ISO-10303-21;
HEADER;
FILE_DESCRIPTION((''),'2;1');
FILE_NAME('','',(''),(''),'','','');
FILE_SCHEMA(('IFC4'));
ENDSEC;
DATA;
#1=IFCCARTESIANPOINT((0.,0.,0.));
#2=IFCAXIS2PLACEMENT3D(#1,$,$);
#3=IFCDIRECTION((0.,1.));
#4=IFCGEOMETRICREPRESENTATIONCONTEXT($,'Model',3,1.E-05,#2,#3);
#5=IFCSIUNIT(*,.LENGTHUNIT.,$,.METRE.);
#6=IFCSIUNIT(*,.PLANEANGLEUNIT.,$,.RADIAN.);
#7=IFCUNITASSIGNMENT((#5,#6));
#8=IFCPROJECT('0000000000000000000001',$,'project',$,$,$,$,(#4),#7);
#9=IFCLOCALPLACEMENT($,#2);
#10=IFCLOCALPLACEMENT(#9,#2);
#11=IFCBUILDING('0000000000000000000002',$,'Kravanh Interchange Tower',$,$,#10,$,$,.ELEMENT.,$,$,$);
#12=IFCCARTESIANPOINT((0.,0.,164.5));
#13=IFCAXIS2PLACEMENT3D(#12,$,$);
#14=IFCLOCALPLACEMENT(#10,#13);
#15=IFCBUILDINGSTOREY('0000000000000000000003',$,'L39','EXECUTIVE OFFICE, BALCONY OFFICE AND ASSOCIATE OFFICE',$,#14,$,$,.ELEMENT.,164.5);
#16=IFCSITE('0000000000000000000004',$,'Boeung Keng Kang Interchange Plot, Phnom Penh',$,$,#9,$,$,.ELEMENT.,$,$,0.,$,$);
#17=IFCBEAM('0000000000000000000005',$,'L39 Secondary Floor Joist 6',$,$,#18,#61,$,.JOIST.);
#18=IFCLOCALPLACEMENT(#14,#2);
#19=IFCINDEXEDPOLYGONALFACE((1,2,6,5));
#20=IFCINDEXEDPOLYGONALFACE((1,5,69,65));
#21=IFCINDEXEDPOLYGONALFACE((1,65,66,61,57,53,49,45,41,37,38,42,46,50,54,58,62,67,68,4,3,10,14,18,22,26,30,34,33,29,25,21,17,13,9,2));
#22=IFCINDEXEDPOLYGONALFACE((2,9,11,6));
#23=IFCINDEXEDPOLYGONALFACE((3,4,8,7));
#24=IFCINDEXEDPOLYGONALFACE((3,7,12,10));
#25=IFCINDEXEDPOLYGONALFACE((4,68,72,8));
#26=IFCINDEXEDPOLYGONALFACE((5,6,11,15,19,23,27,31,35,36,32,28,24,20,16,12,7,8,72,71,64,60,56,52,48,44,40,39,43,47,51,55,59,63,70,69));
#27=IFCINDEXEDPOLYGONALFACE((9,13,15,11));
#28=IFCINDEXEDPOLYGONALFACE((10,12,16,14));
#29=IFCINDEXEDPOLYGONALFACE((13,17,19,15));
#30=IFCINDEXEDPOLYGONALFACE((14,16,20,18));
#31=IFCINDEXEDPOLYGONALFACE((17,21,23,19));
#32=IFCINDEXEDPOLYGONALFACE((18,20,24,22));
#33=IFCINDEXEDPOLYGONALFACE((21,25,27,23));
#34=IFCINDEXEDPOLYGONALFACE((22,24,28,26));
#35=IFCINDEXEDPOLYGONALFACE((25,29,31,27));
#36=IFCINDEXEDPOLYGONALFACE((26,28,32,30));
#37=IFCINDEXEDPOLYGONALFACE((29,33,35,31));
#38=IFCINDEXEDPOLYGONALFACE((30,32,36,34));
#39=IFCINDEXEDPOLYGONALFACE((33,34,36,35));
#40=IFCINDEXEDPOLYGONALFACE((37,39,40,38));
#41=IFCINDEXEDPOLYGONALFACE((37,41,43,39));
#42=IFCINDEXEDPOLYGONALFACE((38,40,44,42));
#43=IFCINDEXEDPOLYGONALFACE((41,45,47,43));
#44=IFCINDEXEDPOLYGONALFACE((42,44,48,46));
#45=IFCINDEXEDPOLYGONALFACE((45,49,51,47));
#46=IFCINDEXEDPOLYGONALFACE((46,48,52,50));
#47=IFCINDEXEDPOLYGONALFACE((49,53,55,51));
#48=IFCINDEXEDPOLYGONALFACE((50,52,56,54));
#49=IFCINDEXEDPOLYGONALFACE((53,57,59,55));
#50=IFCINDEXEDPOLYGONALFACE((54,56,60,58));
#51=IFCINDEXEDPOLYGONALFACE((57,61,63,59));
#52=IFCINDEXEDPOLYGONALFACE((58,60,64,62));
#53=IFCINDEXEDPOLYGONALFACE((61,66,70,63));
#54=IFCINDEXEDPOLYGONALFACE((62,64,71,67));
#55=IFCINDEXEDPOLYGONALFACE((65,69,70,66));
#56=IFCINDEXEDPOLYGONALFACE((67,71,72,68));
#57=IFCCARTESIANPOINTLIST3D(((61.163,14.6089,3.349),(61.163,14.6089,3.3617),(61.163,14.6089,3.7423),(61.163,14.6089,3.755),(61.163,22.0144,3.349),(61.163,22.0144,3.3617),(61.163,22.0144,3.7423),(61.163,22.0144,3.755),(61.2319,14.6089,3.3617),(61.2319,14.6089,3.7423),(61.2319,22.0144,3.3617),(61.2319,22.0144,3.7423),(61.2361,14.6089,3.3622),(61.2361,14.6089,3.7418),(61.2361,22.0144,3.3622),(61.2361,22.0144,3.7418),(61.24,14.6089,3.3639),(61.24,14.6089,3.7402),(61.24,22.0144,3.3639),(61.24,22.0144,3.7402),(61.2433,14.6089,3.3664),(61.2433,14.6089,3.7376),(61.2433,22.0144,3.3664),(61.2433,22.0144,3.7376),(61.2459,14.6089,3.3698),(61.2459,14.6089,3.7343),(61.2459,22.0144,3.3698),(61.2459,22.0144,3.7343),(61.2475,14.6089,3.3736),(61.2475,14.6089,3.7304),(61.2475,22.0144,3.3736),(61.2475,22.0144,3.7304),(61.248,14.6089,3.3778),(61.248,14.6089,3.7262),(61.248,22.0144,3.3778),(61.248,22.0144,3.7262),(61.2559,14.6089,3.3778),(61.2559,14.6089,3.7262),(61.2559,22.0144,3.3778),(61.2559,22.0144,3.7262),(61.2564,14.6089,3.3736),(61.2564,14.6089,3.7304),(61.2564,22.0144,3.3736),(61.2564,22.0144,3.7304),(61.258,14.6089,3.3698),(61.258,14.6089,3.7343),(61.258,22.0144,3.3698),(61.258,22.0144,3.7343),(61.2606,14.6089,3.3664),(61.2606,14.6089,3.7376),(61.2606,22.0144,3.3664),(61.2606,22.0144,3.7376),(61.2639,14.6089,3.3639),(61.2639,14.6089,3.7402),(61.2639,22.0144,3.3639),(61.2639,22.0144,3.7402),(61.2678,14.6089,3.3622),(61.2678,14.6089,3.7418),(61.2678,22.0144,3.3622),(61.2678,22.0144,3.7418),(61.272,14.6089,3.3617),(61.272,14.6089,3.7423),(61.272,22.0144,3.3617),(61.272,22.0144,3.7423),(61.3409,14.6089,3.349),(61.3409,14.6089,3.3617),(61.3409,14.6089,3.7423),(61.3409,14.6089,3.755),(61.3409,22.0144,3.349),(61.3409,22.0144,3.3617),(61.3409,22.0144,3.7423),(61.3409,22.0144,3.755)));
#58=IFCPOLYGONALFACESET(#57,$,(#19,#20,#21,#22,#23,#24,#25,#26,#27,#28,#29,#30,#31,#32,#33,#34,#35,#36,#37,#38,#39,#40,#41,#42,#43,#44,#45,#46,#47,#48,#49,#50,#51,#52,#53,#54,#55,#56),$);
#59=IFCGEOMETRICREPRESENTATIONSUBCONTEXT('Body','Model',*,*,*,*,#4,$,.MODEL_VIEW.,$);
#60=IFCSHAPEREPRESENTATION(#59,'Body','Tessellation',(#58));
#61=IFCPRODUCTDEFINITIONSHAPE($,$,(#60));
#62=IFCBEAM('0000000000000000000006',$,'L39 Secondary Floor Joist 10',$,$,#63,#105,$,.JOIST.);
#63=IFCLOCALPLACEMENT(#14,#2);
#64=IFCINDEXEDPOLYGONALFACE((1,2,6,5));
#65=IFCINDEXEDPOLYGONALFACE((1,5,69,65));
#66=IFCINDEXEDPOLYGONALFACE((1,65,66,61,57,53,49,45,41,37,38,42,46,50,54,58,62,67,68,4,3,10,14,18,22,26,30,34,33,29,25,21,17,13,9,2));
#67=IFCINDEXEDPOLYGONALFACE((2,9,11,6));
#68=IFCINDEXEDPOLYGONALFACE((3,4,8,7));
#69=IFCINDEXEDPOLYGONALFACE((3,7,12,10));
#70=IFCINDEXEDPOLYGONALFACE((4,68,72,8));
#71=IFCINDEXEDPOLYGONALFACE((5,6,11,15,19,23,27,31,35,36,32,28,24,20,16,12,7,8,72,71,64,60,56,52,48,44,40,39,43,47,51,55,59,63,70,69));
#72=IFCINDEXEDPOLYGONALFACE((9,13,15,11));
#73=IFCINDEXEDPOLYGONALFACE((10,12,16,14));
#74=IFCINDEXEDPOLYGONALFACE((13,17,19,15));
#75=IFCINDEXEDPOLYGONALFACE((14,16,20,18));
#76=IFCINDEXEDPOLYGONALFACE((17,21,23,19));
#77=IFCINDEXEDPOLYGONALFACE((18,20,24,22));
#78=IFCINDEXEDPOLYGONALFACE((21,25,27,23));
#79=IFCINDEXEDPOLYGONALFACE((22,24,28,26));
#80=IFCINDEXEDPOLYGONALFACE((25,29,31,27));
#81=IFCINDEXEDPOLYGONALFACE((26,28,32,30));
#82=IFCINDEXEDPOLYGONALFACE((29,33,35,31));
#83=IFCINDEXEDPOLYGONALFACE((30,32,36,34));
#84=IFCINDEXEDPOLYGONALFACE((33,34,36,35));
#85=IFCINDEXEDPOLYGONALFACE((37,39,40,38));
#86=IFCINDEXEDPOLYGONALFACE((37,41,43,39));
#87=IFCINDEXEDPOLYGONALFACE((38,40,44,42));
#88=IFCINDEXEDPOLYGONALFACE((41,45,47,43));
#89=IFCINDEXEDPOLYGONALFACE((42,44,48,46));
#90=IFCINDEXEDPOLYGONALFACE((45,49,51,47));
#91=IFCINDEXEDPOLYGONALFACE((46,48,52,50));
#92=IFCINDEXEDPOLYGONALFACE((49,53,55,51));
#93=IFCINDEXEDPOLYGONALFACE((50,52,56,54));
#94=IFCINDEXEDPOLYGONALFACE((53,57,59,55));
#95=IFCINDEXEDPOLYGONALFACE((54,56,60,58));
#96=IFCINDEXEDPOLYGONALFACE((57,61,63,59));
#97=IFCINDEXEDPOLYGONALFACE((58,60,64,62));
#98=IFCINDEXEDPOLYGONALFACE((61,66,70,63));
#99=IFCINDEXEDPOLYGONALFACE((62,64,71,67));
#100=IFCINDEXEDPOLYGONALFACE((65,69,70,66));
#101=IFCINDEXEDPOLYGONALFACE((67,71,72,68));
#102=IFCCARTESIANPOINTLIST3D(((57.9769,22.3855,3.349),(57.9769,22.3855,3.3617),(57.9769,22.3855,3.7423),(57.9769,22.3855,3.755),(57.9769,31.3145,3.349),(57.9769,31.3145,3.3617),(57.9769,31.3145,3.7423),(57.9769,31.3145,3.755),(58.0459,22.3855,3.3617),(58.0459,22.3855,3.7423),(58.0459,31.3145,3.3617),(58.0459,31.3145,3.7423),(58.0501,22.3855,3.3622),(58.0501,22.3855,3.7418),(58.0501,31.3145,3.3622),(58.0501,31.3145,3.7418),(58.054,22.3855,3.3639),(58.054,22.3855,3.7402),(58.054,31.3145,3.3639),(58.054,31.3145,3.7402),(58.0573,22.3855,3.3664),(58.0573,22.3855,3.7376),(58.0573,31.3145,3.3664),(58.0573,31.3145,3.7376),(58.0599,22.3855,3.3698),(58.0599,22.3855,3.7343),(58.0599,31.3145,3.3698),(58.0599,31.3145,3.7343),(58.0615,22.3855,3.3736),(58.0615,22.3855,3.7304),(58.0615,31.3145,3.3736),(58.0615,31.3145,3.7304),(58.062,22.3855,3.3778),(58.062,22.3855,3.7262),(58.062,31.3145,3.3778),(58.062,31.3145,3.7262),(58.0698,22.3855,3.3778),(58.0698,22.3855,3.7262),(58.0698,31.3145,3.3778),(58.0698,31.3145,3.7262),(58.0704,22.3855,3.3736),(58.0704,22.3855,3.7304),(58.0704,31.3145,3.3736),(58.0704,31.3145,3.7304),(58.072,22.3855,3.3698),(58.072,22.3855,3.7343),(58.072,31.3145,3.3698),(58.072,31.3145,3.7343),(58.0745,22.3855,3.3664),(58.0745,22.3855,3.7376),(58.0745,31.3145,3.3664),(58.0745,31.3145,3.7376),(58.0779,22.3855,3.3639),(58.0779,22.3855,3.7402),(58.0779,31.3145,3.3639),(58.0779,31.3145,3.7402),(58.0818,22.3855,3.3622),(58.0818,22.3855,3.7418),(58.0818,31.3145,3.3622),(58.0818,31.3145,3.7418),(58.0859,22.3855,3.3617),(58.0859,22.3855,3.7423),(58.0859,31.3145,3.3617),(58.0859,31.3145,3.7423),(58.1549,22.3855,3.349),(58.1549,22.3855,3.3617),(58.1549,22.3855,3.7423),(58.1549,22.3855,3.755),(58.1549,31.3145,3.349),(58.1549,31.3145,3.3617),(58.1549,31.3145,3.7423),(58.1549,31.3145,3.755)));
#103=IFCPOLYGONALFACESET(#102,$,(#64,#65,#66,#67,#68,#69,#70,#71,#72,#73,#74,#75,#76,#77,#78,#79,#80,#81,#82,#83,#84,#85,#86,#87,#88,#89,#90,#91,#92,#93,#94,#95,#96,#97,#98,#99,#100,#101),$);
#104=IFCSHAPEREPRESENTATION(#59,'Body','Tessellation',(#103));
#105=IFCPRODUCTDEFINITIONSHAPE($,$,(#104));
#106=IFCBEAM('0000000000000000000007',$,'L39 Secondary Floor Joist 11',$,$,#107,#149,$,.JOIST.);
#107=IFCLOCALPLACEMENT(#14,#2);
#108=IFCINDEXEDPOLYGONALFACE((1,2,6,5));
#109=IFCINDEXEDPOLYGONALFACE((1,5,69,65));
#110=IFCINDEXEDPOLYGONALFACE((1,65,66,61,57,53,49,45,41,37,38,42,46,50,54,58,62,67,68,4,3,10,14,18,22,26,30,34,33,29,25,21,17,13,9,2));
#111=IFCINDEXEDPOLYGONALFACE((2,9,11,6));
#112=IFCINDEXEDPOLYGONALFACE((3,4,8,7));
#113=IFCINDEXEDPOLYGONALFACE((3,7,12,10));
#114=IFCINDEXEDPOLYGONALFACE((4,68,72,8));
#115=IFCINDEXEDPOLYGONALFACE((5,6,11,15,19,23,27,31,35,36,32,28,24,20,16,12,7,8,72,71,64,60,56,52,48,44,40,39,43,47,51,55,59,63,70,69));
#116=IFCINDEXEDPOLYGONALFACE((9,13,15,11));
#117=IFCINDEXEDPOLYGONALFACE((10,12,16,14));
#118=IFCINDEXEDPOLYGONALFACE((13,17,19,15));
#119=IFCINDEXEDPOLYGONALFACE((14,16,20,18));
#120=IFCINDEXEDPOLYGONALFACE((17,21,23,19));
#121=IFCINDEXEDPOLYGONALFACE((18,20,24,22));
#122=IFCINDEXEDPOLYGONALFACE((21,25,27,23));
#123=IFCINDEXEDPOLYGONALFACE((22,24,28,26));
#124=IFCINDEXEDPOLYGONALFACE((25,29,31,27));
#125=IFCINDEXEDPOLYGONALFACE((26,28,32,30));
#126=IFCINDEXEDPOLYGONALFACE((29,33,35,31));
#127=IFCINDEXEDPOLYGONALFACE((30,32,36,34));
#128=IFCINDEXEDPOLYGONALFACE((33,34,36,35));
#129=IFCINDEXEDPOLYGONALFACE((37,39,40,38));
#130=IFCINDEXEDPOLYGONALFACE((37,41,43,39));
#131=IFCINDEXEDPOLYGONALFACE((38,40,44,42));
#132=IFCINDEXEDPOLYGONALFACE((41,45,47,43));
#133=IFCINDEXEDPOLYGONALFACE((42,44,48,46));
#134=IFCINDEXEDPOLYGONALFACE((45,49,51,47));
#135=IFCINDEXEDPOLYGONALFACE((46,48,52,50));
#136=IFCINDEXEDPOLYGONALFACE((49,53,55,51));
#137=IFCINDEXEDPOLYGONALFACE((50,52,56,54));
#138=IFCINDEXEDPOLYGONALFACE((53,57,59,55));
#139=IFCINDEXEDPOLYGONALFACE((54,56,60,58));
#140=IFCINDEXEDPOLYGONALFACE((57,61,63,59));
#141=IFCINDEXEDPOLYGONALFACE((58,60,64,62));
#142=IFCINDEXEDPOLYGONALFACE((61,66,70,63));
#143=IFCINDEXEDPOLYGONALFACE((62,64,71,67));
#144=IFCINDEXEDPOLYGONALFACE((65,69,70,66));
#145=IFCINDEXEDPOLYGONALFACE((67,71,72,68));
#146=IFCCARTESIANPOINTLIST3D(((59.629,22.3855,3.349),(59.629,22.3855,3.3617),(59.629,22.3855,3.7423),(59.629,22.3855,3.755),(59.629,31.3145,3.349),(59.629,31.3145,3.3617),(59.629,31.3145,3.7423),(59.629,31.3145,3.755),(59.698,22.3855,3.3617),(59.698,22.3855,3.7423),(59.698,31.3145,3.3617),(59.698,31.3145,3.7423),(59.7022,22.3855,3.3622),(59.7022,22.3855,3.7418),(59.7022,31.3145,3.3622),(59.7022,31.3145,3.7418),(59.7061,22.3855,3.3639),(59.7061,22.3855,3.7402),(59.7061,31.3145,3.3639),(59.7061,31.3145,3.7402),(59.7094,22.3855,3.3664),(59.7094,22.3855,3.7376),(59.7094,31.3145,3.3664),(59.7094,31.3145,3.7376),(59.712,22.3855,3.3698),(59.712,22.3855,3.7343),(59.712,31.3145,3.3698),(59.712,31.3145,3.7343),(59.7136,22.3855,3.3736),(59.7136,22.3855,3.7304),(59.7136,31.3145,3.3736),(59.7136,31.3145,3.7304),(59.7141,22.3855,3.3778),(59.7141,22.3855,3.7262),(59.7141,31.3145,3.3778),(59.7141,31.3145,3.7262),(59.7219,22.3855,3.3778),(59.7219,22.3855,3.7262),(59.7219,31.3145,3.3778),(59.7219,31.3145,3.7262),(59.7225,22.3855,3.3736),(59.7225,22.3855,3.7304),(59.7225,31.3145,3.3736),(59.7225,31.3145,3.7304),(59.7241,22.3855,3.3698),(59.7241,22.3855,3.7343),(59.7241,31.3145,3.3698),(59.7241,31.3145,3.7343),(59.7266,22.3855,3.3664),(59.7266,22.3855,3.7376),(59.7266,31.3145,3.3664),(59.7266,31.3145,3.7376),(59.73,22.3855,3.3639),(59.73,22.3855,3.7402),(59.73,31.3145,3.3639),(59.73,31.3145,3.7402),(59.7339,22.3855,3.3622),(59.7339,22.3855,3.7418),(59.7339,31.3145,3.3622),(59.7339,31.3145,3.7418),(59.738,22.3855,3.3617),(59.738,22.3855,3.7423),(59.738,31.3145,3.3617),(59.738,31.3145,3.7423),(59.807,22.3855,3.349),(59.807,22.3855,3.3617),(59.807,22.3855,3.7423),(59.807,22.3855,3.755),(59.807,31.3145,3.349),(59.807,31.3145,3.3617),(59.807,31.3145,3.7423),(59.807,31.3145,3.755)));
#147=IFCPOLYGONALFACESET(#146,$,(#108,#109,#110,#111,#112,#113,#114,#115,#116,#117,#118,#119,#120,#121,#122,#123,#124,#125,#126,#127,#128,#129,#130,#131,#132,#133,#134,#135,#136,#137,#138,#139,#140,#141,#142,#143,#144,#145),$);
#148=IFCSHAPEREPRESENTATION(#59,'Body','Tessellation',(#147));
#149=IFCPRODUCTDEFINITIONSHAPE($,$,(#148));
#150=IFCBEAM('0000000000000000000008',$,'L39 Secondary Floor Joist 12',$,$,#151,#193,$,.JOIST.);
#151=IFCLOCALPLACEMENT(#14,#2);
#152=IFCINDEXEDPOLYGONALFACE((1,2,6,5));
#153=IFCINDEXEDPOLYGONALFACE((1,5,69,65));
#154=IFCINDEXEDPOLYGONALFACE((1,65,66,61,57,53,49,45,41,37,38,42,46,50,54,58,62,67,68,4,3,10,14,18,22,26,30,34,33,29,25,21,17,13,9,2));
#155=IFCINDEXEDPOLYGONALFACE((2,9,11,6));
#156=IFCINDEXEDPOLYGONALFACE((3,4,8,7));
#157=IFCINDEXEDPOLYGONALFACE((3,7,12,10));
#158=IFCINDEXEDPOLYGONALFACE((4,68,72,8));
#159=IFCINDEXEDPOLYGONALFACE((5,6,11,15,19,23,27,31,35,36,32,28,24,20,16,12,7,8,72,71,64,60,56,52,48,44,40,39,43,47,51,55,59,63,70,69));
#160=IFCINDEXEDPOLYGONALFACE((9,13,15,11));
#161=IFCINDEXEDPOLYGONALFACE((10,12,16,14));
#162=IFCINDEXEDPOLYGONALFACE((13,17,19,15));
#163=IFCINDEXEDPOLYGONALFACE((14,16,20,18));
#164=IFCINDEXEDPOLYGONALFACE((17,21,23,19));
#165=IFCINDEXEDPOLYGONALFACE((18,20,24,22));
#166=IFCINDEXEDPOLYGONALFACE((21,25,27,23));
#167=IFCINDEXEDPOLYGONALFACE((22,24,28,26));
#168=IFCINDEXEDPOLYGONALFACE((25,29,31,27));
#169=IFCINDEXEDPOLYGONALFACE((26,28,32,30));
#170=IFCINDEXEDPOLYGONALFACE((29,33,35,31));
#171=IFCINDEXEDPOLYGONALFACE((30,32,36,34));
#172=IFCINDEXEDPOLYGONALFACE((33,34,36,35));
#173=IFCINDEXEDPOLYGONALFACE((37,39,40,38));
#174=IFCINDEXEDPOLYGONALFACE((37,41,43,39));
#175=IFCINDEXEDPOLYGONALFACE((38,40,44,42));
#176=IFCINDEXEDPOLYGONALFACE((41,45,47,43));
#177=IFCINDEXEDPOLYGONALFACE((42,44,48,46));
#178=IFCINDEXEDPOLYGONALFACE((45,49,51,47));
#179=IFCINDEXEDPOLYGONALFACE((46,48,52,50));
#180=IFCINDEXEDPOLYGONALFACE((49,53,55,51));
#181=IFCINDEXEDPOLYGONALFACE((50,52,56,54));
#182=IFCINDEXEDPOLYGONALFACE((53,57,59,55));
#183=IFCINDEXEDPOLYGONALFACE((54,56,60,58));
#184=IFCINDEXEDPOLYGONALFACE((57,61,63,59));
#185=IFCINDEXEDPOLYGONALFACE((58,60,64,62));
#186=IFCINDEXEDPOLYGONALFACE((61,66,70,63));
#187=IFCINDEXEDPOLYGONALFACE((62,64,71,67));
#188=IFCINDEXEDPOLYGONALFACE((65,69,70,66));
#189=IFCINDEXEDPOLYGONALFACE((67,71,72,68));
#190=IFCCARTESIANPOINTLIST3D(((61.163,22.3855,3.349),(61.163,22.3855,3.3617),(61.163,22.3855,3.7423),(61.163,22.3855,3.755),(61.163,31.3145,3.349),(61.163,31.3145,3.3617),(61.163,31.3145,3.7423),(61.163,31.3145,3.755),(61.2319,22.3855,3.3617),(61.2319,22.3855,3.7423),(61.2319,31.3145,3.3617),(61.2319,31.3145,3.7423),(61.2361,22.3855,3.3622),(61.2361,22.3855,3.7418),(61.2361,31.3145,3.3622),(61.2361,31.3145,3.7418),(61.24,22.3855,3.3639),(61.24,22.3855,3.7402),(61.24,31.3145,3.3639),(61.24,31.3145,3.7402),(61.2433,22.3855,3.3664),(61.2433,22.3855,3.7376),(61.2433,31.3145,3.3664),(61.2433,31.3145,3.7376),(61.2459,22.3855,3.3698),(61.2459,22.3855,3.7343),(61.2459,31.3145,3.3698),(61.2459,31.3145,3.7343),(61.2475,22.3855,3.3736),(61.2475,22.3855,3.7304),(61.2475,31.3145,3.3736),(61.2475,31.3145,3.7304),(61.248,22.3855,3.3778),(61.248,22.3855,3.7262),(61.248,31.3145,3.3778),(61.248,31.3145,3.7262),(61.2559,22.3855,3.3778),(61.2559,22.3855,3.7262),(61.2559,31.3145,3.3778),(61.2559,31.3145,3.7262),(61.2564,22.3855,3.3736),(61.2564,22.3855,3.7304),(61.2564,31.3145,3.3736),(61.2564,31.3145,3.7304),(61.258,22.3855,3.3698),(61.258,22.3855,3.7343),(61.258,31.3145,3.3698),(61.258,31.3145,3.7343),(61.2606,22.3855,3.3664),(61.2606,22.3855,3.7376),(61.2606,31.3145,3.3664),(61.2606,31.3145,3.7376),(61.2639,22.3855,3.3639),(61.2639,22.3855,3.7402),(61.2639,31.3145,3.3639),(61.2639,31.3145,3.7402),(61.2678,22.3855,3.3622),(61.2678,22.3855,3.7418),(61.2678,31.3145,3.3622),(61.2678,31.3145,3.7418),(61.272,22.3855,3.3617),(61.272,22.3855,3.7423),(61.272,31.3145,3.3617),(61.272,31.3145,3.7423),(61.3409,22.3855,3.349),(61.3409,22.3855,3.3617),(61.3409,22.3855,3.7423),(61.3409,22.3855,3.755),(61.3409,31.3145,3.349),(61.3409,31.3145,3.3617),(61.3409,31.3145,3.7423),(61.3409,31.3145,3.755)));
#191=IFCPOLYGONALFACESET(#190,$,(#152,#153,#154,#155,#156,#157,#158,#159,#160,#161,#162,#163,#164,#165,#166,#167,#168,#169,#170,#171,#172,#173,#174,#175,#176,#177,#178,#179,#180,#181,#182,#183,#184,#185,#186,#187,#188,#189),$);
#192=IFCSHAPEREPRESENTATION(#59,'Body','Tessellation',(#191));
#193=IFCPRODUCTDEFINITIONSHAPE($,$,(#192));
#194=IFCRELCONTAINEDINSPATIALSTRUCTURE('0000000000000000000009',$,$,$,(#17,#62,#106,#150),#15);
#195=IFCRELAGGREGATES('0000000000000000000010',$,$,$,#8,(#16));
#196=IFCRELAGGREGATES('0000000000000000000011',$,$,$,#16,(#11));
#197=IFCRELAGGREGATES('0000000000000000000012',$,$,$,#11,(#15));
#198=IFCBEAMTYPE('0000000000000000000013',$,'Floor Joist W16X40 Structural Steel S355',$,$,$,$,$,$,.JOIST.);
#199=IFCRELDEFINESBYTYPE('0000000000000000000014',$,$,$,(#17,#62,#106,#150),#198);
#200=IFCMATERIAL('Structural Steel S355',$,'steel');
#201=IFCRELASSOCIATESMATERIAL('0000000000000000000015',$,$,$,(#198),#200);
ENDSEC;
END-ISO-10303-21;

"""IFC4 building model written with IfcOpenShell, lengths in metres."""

from ifc_helpers import new_model, si_unit, direction, frame, origin, origin_2d, place, context, subcontext, project, spatial, i_section, extrude, material, material_profile, profile_set, type_object, element, save


model = new_model("IFC4")

# Units and contexts
model_context = context("Model", 3, precision=1e-05, world=origin(), true_north=direction((0.0, 1.0)))
body_context = subcontext(model_context, "Body", "Model", "MODEL_VIEW")
ifc_project = project(units=[si_unit("LENGTHUNIT", "METRE"), si_unit("PLANEANGLEUNIT", "RADIAN")], contexts=[model_context])

# Site, building, storey
site_placement = place(None, origin())
site = spatial("IfcSite", under=ifc_project, at=site_placement, Name="Boeung Keng Kang Interchange Plot, Phnom Penh", CompositionType="ELEMENT", RefElevation=0.0)
building_placement = place(site_placement, origin())
building = spatial("IfcBuilding", under=site, at=building_placement, Name="Kravanh Interchange Tower", CompositionType="ELEMENT")
storey_placement = place(building_placement, frame((0.0, 0.0, 164.5)))
storey = spatial("IfcBuildingStorey", under=building, at=storey_placement, Name="L39", Description="EXECUTIVE OFFICE, BALCONY OFFICE AND ASSOCIATE OFFICE", CompositionType="ELEMENT", Elevation=164.5)

# Beams
ifc_material_1 = material(Name="Structural Steel S355", Category="steel")
ifc_material_profile_1 = material_profile(ifc_material_1, i_section(OverallWidth=0.178, OverallDepth=0.406, WebThickness=0.0078, FlangeThickness=0.0127, FilletRadius=0.0161, at=origin_2d()), Name="W16X40")
ifc_profile_set_1 = profile_set([ifc_material_profile_1], Name="Structural Steel S355")
beam_type_1 = type_object("IfcBeamType", Name="Floor Joist W16X40 Structural Steel S355", PredefinedType="JOIST", material=ifc_profile_set_1)
for number, where, z_axis, x_axis, name in (
    (1, (61.252, 14.6089, 3.552), (0.0, 1.0, 0.0), (-1.0, 0.0, 0.0), "L39 Secondary Floor Joist 6"),
):
    element("IfcBeam", number, at=place(storey_placement, frame(where, z_axis=z_axis, x_axis=x_axis)), inside=storey, type_object=beam_type_1, Name=name, PredefinedType="JOIST", context=body_context, shape_type="SweptSolid", body=[
        extrude(i_section(OverallWidth=0.178, OverallDepth=0.406, WebThickness=0.0078, FlangeThickness=0.0127, FilletRadius=0.0161, at=origin_2d()), origin(), (0.0, 0.0, 1.0), 7.4055),
    ])
for number, where, z_axis, x_axis, name in (
    (2, (58.0659, 22.3855, 3.552), (0.0, 1.0, 0.0), (-1.0, 0.0, 0.0), "L39 Secondary Floor Joist 10"),
    (3, (59.718, 22.3855, 3.552), (0.0, 1.0, 0.0), (-1.0, 0.0, 0.0), "L39 Secondary Floor Joist 11"),
    (4, (61.252, 22.3855, 3.552), (0.0, 1.0, 0.0), (-1.0, 0.0, 0.0), "L39 Secondary Floor Joist 12"),
):
    element("IfcBeam", number, at=place(storey_placement, frame(where, z_axis=z_axis, x_axis=x_axis)), inside=storey, type_object=beam_type_1, Name=name, PredefinedType="JOIST", context=body_context, shape_type="SweptSolid", body=[
        extrude(i_section(OverallWidth=0.178, OverallDepth=0.406, WebThickness=0.0078, FlangeThickness=0.0127, FilletRadius=0.0161, at=origin_2d()), origin(), (0.0, 0.0, 1.0), 8.929),
    ])

save(model, "model.ifc")
